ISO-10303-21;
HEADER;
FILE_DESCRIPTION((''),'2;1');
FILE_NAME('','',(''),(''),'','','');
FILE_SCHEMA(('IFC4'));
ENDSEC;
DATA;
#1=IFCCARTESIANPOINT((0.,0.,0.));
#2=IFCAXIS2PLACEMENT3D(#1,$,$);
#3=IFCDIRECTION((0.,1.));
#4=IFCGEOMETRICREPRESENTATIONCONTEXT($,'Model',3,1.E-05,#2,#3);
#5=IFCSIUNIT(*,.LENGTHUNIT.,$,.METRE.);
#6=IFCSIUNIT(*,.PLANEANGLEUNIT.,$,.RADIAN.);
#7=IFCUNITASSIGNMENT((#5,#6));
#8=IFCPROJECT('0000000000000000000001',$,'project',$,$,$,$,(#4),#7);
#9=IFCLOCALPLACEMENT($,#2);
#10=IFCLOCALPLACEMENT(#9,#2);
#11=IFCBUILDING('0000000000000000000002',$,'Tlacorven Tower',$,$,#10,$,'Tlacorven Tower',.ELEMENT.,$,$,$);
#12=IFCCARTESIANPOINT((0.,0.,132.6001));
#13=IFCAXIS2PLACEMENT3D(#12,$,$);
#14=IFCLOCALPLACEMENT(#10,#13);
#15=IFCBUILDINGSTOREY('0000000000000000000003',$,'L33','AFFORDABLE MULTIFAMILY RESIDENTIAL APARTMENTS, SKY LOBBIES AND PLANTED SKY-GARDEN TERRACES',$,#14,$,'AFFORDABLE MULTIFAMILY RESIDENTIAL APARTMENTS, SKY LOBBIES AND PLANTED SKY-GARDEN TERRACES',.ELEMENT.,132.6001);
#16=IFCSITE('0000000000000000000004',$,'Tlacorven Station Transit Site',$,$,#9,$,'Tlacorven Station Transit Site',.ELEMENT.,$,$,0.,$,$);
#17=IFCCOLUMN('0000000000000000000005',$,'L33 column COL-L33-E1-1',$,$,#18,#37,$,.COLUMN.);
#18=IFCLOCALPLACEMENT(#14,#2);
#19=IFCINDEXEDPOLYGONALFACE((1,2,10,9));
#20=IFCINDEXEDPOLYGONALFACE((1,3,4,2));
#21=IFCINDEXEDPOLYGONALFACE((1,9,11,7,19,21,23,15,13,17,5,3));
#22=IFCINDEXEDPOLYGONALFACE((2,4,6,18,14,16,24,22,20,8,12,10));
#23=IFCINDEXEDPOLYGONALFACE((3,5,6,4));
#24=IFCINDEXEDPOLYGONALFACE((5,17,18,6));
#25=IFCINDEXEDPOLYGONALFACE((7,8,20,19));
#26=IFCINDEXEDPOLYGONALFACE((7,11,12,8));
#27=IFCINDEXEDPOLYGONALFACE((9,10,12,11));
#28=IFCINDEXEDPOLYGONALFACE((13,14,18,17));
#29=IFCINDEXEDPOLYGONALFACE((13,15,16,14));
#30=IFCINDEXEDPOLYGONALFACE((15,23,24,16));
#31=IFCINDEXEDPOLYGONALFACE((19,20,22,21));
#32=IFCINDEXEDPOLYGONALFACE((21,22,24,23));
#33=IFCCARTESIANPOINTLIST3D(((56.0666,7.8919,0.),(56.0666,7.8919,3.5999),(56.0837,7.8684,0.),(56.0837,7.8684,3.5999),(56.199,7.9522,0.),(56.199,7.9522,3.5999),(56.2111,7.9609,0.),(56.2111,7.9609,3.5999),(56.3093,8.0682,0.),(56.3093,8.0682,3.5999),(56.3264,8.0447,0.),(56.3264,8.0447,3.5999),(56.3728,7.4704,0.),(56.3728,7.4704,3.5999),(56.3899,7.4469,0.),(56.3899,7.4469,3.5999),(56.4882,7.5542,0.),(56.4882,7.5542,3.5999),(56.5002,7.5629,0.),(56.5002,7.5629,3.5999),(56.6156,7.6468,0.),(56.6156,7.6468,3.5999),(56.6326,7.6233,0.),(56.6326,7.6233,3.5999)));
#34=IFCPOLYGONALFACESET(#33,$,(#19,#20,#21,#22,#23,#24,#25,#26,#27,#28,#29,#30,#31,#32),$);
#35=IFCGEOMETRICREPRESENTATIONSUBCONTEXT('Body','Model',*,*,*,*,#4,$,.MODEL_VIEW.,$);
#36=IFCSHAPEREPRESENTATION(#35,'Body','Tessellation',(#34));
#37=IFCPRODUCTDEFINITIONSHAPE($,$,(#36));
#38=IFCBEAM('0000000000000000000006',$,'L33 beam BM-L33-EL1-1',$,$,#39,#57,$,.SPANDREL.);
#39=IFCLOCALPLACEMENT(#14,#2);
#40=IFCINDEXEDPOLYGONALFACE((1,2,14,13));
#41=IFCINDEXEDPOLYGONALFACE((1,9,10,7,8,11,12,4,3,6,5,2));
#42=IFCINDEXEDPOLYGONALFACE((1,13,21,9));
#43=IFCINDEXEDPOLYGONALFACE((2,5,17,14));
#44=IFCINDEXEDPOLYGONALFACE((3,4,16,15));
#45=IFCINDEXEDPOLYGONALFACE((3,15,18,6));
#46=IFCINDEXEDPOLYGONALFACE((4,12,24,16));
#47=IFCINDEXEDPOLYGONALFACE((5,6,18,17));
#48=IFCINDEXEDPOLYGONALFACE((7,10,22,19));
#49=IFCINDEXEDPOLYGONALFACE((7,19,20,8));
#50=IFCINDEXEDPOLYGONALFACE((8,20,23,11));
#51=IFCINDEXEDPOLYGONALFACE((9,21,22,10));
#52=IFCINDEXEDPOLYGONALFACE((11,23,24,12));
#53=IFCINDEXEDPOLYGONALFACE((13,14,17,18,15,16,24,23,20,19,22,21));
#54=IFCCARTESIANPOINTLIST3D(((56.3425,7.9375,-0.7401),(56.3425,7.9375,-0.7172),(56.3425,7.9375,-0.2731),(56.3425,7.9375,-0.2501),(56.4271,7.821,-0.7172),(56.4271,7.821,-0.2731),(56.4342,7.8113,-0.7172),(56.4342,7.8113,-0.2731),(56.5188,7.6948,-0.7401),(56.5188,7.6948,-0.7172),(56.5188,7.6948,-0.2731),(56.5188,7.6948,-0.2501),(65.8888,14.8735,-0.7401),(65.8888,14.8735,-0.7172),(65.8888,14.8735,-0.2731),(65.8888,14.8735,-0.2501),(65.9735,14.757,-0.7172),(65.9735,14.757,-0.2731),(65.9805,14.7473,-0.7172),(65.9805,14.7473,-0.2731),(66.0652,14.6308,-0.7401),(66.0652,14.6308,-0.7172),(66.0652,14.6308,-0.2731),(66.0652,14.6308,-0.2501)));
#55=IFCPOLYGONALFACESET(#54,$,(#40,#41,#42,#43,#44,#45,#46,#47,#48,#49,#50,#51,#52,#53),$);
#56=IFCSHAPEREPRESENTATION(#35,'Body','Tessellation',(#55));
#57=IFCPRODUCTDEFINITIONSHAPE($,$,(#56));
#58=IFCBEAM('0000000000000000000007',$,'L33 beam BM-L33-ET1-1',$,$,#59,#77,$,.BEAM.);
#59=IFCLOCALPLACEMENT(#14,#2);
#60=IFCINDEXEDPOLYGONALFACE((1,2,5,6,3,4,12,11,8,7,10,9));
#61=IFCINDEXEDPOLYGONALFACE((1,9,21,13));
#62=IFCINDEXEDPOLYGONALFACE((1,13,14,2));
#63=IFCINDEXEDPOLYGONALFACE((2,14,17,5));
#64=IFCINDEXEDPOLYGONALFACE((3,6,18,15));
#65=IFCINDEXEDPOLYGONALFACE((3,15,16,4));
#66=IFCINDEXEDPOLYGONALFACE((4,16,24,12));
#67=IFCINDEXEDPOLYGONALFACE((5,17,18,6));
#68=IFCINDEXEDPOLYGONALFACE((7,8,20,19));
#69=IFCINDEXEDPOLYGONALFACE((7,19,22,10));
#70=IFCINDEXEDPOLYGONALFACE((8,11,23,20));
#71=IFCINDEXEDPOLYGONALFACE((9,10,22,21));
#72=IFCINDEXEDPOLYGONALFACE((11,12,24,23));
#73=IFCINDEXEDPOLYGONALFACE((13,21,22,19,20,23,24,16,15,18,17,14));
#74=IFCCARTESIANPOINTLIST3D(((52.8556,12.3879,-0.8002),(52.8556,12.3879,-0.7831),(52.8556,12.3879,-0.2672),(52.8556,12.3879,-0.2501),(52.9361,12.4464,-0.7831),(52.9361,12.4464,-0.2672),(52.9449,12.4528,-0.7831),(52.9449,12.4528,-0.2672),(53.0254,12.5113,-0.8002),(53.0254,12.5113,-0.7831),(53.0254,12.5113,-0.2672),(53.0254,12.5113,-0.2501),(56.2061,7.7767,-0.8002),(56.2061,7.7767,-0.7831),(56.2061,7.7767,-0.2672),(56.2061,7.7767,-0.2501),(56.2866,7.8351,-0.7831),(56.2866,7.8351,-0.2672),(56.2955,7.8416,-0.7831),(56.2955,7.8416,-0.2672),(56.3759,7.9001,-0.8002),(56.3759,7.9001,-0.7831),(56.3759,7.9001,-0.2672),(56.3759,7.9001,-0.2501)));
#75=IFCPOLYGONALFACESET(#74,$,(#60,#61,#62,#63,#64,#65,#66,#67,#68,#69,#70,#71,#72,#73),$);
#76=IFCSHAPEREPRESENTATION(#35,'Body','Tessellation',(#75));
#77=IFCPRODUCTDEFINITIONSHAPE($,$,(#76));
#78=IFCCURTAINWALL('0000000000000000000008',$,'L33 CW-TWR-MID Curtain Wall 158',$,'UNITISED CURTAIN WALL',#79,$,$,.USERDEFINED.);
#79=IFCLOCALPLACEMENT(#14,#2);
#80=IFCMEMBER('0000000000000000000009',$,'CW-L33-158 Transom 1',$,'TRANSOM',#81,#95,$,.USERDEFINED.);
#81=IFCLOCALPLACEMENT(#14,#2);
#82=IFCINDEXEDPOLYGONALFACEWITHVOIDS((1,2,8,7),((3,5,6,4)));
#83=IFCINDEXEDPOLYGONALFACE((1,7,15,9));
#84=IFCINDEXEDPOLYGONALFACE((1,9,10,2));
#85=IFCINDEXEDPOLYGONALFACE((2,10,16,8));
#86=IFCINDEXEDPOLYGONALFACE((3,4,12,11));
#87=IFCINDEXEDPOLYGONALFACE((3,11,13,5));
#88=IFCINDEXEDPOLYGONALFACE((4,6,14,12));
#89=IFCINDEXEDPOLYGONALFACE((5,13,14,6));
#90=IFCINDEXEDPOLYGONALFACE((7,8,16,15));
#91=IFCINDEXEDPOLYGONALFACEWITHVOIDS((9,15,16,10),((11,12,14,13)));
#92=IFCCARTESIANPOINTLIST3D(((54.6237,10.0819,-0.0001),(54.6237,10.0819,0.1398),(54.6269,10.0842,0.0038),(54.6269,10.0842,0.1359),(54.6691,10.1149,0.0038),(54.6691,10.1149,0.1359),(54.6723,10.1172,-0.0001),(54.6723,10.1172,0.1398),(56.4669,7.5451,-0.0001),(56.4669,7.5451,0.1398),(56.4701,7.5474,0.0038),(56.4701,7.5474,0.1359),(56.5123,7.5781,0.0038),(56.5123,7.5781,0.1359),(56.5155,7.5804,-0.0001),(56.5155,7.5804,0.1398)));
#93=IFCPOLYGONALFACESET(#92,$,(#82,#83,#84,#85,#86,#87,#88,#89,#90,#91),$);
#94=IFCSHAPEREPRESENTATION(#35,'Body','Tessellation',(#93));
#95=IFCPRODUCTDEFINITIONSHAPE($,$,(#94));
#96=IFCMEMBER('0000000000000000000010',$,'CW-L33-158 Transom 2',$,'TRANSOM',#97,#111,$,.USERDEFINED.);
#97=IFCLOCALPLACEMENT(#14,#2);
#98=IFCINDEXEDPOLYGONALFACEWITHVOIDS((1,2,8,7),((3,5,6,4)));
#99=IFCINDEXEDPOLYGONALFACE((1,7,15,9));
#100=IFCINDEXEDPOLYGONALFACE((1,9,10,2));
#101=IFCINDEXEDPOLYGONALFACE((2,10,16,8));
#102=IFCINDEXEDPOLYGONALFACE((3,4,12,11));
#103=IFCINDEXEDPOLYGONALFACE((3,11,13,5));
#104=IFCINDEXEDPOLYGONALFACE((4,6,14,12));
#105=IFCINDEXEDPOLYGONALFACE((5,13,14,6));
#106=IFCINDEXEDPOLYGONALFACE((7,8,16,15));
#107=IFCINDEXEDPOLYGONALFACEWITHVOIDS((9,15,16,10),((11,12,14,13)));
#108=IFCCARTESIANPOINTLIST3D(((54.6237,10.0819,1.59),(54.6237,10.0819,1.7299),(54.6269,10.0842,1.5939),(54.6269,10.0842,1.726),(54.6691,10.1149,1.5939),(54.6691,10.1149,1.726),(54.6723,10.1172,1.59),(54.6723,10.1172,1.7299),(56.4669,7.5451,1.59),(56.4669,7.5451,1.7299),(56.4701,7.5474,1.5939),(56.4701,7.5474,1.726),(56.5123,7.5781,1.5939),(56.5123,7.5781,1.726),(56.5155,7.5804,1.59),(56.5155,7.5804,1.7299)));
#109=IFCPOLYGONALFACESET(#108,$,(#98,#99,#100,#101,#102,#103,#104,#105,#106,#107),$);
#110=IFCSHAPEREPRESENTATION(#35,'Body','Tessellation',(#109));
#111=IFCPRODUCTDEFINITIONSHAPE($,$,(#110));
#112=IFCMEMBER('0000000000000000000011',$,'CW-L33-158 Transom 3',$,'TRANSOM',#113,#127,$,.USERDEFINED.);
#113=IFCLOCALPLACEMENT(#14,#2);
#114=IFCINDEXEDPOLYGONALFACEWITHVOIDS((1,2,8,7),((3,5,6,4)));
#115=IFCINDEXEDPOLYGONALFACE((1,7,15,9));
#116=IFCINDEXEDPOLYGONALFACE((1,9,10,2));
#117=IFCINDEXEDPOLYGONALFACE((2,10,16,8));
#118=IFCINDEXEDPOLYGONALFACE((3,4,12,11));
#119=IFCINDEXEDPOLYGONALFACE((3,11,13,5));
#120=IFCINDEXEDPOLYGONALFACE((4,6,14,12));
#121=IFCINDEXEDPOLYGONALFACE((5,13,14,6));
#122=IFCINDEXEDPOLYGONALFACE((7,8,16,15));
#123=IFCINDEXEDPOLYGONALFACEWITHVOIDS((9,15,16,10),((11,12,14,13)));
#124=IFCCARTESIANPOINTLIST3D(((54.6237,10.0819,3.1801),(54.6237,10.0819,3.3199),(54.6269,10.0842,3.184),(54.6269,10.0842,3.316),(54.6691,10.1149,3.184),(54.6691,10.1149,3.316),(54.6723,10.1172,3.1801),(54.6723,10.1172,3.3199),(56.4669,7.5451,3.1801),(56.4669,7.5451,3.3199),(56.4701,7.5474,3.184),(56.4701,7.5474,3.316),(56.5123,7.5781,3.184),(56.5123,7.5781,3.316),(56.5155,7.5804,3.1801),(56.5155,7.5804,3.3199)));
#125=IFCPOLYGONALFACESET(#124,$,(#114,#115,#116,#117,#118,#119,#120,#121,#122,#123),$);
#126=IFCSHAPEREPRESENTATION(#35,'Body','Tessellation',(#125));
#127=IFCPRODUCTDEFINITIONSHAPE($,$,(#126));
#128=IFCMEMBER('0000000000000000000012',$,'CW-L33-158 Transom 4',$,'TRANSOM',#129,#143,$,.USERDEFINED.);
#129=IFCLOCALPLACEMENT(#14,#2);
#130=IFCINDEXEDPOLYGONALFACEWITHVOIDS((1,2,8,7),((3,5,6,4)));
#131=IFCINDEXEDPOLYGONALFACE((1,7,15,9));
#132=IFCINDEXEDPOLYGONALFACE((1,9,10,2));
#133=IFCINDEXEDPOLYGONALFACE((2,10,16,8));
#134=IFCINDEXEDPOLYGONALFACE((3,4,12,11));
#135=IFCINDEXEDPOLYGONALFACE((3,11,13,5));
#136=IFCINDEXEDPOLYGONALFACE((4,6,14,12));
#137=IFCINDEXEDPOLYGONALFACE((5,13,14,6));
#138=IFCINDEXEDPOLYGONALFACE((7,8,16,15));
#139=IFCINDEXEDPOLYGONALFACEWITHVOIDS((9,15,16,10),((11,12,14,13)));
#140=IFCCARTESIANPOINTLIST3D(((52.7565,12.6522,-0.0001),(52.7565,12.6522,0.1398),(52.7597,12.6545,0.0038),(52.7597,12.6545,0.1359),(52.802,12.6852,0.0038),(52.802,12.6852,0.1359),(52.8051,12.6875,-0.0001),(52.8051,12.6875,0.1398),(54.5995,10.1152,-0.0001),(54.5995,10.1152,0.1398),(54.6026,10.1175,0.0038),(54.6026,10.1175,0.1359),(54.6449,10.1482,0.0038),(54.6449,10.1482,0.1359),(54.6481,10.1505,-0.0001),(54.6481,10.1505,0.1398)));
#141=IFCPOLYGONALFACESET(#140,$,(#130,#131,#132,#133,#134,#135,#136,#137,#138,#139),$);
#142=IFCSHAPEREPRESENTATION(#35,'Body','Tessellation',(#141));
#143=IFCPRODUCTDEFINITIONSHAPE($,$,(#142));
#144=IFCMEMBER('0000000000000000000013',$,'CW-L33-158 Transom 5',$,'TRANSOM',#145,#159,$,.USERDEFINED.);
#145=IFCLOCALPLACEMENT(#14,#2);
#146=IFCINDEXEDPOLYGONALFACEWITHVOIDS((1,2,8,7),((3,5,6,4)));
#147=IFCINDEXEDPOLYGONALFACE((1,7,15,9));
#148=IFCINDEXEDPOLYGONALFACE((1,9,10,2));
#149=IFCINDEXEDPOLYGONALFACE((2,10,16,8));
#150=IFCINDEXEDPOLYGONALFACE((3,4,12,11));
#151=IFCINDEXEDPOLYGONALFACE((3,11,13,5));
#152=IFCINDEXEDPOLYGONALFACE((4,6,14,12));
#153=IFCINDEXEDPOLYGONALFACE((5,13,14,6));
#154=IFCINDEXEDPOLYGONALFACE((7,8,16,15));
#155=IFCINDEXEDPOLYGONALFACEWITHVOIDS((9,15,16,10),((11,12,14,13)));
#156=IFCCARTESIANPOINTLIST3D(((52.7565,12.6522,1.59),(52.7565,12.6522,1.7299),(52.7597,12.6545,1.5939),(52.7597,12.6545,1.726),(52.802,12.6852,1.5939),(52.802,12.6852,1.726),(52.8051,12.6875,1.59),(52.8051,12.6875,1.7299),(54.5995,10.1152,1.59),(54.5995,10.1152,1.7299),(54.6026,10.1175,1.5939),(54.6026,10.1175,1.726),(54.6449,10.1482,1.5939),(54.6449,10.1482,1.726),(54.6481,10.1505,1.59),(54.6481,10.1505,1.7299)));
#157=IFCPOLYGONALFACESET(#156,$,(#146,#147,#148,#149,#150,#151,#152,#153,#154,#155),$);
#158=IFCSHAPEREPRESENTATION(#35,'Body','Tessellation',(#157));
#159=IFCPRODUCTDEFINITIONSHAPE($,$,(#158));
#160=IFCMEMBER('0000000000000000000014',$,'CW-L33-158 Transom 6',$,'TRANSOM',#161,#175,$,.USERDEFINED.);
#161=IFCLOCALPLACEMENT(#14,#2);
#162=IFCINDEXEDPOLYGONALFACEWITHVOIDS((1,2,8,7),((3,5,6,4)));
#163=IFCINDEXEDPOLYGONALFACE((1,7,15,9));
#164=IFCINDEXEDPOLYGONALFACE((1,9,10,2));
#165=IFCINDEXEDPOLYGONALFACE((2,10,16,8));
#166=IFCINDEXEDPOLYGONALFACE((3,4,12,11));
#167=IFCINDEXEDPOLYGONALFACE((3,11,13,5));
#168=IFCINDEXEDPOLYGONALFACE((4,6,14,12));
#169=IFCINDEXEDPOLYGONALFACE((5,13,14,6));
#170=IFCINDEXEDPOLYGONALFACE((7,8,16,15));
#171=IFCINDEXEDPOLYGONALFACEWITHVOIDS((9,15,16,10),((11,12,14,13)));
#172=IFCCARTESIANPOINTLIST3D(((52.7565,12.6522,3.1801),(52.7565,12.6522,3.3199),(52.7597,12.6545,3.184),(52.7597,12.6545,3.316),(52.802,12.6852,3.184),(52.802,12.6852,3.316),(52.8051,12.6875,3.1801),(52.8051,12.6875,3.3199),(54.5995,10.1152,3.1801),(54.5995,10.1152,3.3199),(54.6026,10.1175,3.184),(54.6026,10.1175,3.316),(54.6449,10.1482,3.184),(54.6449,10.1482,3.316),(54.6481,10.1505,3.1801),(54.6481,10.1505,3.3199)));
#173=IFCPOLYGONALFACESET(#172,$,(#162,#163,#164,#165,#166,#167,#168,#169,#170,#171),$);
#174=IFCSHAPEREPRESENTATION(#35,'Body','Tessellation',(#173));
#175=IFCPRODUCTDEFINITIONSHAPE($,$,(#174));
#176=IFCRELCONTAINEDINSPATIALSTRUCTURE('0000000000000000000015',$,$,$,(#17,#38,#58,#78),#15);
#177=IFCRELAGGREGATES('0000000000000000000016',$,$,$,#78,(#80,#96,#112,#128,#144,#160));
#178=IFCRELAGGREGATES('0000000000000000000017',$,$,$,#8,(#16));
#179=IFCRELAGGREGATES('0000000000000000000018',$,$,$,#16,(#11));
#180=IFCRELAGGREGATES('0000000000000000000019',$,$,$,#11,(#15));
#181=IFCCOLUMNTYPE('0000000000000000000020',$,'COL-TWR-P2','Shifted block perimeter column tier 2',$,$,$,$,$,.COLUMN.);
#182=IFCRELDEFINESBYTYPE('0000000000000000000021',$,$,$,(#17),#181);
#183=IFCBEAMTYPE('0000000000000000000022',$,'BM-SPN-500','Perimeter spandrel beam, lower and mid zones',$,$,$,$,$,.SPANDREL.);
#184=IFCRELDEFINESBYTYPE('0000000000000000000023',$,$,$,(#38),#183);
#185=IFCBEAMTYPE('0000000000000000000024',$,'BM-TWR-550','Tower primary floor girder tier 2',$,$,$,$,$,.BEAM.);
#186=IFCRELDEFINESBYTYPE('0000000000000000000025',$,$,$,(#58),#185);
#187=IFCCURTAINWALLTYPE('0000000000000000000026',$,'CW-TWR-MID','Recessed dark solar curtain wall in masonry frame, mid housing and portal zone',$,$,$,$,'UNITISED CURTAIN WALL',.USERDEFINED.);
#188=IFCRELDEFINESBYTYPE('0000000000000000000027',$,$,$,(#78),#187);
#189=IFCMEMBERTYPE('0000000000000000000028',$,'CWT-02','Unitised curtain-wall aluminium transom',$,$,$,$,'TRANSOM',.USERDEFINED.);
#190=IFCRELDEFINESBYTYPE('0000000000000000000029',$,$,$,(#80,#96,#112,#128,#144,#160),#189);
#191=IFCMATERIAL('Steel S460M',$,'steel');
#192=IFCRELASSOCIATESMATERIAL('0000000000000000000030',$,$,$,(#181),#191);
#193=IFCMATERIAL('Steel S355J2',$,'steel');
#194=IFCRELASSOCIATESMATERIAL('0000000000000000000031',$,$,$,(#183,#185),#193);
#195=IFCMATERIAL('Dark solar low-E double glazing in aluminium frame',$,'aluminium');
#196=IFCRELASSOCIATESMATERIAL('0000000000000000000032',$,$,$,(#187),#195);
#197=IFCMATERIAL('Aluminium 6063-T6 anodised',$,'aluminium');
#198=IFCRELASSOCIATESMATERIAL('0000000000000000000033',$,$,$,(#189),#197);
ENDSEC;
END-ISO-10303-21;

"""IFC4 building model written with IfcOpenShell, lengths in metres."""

from ifc_helpers import new_model, si_unit, direction, frame, origin, origin_2d, place, context, subcontext, project, spatial, hollow_rectangle, i_section, extrude, source, transform, mapped, material, material_profile, profile_set, type_object, element, aggregate, save


model = new_model("IFC4")

# Units and contexts
model_context = context("Model", 3, precision=1e-05, world=origin(), true_north=direction((0.0, 1.0)))
body_context = subcontext(model_context, "Body", "Model", "MODEL_VIEW")
ifc_project = project(units=[si_unit("LENGTHUNIT", "METRE"), si_unit("PLANEANGLEUNIT", "RADIAN")], contexts=[model_context])

# Site, building, storey
site_placement = place(None, origin())
site = spatial("IfcSite", under=ifc_project, at=site_placement, Name="Tlacorven Station Transit Site", LongName="Tlacorven Station Transit Site", CompositionType="ELEMENT", RefElevation=0.0)
building_placement = place(site_placement, origin())
building = spatial("IfcBuilding", under=site, at=building_placement, Name="Tlacorven Tower", LongName="Tlacorven Tower", CompositionType="ELEMENT")
storey_placement = place(building_placement, frame((0.0, 0.0, 132.6001)))
storey = spatial("IfcBuildingStorey", under=building, at=storey_placement, Name="L33", Description="AFFORDABLE MULTIFAMILY RESIDENTIAL APARTMENTS, SKY LOBBIES AND PLANTED SKY-GARDEN TERRACES", LongName="AFFORDABLE MULTIFAMILY RESIDENTIAL APARTMENTS, SKY LOBBIES AND PLANTED SKY-GARDEN TERRACES", CompositionType="ELEMENT", Elevation=132.6001)

# Column
ifc_material_1 = material(Name="Steel S460M", Category="steel")
ifc_material_profile_1 = material_profile(ifc_material_1, i_section(OverallWidth=0.3, OverallDepth=0.55, WebThickness=0.0149, FlangeThickness=0.0291, at=origin_2d()), Name="HEB 550")
ifc_profile_set_1 = profile_set([ifc_material_profile_1], Name="Steel S460M")
column_type = type_object("IfcColumnType", Name="COL-TWR-P2", Description="Shifted block perimeter column tier 2", PredefinedType="COLUMN", material=ifc_profile_set_1)
shared_shape_1 = source(origin(), body_context, "Body", "SweptSolid", [
    extrude(i_section(OverallWidth=0.3, OverallDepth=0.55, WebThickness=0.0149, FlangeThickness=0.0291, at=origin_2d()), origin(), (0.0, 0.0, 1.0), 3.5999),
])
column_placement = place(storey_placement, frame((56.3496, 7.7576, 0.0), z_axis=(0.0, 0.0, 1.0), x_axis=(0.809017, 0.587785, 0.0)))
element("IfcColumn", 1, at=column_placement, inside=storey, type_object=column_type, Name="L33 column COL-L33-E1-1", PredefinedType="COLUMN", context=body_context, shape_type="MappedRepresentation", body=[
    mapped(shared_shape_1, transform((0.0, 0.0, 0.0), scale=1.0)),
])

# Beams
ifc_material_2 = material(Name="Steel S355J2", Category="steel")
ifc_material_profile_2 = material_profile(ifc_material_2, i_section(OverallWidth=0.3, OverallDepth=0.49, WebThickness=0.012, FlangeThickness=0.0229, at=origin_2d()), Name="HEA 500")
ifc_profile_set_2 = profile_set([ifc_material_profile_2], Name="Steel S355J2")
beam_type_1 = type_object("IfcBeamType", Name="BM-SPN-500", Description="Perimeter spandrel beam, lower and mid zones", PredefinedType="SPANDREL", material=ifc_profile_set_2)
shared_shape_2 = source(origin(), body_context, "Body", "SweptSolid", [
    extrude(i_section(OverallWidth=0.3, OverallDepth=0.49, WebThickness=0.012, FlangeThickness=0.0229, at=origin_2d()), origin(), (0.0, 0.0, 1.0), 11.8),
])
beam_1_placement = place(storey_placement, frame((56.4307, 7.8162, -0.4951), z_axis=(0.80901, 0.587795, 0.0), x_axis=(-0.587795, 0.80901, 0.0)))
element("IfcBeam", 2, at=beam_1_placement, inside=storey, type_object=beam_type_1, Name="L33 beam BM-L33-EL1-1", PredefinedType="SPANDREL", context=body_context, shape_type="MappedRepresentation", body=[
    mapped(shared_shape_2, transform((0.0, 0.0, 0.0), scale=1.0)),
])
ifc_material_profile_3 = material_profile(ifc_material_2, i_section(OverallWidth=0.21, OverallDepth=0.55, WebThickness=0.011, FlangeThickness=0.0171, at=origin_2d()), Name="IPE 550")
ifc_profile_set_3 = profile_set([ifc_material_profile_3], Name="Steel S355J2")
beam_type_2 = type_object("IfcBeamType", Name="BM-TWR-550", Description="Tower primary floor girder tier 2", PredefinedType="BEAM", material=ifc_profile_set_3)
shared_shape_3 = source(origin(), body_context, "Body", "SweptSolid", [
    extrude(i_section(OverallWidth=0.21, OverallDepth=0.55, WebThickness=0.011, FlangeThickness=0.0171, at=origin_2d()), origin(), (0.0, 0.0, 1.0), 5.7),
])
beam_2_placement = place(storey_placement, frame((56.291, 7.8384, -0.5251), z_axis=(-0.587815, 0.808995, 0.0), x_axis=(-0.808995, -0.587815, 0.0)))
element("IfcBeam", 3, at=beam_2_placement, inside=storey, type_object=beam_type_2, Name="L33 beam BM-L33-ET1-1", PredefinedType="BEAM", context=body_context, shape_type="MappedRepresentation", body=[
    mapped(shared_shape_3, transform((0.0, 0.0, 0.0), scale=1.0)),
])

# Curtain wall, members
ifc_material_3 = material(Name="Dark solar low-E double glazing in aluminium frame", Category="aluminium")
curtain_wall_type = type_object("IfcCurtainWallType", Name="CW-TWR-MID", Description="Recessed dark solar curtain wall in masonry frame, mid housing and portal zone", ElementType="UNITISED CURTAIN WALL", PredefinedType="USERDEFINED", material=ifc_material_3)
curtain_wall_placement = place(storey_placement, origin())
curtain_wall = element("IfcCurtainWall", 4, at=curtain_wall_placement, inside=storey, type_object=curtain_wall_type, Name="L33 CW-TWR-MID Curtain Wall 158", ObjectType="UNITISED CURTAIN WALL", PredefinedType="USERDEFINED")
ifc_material_4 = material(Name="Aluminium 6063-T6 anodised", Category="aluminium")
ifc_material_profile_4 = material_profile(ifc_material_4, hollow_rectangle(XDim=0.0601, YDim=0.1399, WallThickness=0.0039, at=origin_2d()), Name="ALU TRANSOM 60X140")
ifc_profile_set_4 = profile_set([ifc_material_profile_4], Name="Aluminium 6063-T6 anodised")
member_type_1 = type_object("IfcMemberType", Name="CWT-02", Description="Unitised curtain-wall aluminium transom", ElementType="TRANSOM", PredefinedType="USERDEFINED", material=ifc_profile_set_4)
shared_shape_4 = source(origin(), body_context, "Body", "SweptSolid", [
    extrude(hollow_rectangle(XDim=0.0601, YDim=0.1399, WallThickness=0.0039, at=origin_2d()), origin(), (0.0, 0.0, 1.0), 3.1357),
])
member_1_placement = place(storey_placement, frame((56.4912, 7.5627, 0.0698), z_axis=(-0.587811, 0.808999, 0.0), x_axis=(-0.808999, -0.587811, 0.0)))
member_1 = element("IfcMember", 5, at=member_1_placement, type_object=member_type_1, Name="CW-L33-158 Transom 1", ObjectType="TRANSOM", PredefinedType="USERDEFINED", context=body_context, shape_type="MappedRepresentation", body=[
    mapped(shared_shape_4, transform((0.0, 0.0, 0.0), scale=1.0)),
])
member_2_placement = place(storey_placement, frame((56.4912, 7.5627, 1.6599), z_axis=(-0.587811, 0.808999, 0.0), x_axis=(-0.808999, -0.587811, 0.0)))
member_2 = element("IfcMember", 6, at=member_2_placement, type_object=member_type_1, Name="CW-L33-158 Transom 2", ObjectType="TRANSOM", PredefinedType="USERDEFINED", context=body_context, shape_type="MappedRepresentation", body=[
    mapped(shared_shape_4, transform((0.0, 0.0, 0.0), scale=1.0)),
])
member_3_placement = place(storey_placement, frame((56.4912, 7.5627, 3.25), z_axis=(-0.587811, 0.808999, 0.0), x_axis=(-0.808999, -0.587811, 0.0)))
member_3 = element("IfcMember", 7, at=member_3_placement, type_object=member_type_1, Name="CW-L33-158 Transom 3", ObjectType="TRANSOM", PredefinedType="USERDEFINED", context=body_context, shape_type="MappedRepresentation", body=[
    mapped(shared_shape_4, transform((0.0, 0.0, 0.0), scale=1.0)),
])
member_4_placement = place(storey_placement, frame((54.6238, 10.1328, 0.0698), z_axis=(-0.587723, 0.809063, 0.0), x_axis=(-0.809063, -0.587723, 0.0)))
member_4 = element("IfcMember", 8, at=member_4_placement, type_object=member_type_1, Name="CW-L33-158 Transom 4", ObjectType="TRANSOM", PredefinedType="USERDEFINED", context=body_context, shape_type="MappedRepresentation", body=[
    mapped(shared_shape_4, transform((0.0, 0.0, 0.0), scale=1.0)),
])
member_5_placement = place(storey_placement, frame((54.6238, 10.1328, 1.6599), z_axis=(-0.587723, 0.809063, 0.0), x_axis=(-0.809063, -0.587723, 0.0)))
member_5 = element("IfcMember", 9, at=member_5_placement, type_object=member_type_1, Name="CW-L33-158 Transom 5", ObjectType="TRANSOM", PredefinedType="USERDEFINED", context=body_context, shape_type="MappedRepresentation", body=[
    mapped(shared_shape_4, transform((0.0, 0.0, 0.0), scale=1.0)),
])
member_6_placement = place(storey_placement, frame((54.6238, 10.1328, 3.25), z_axis=(-0.587723, 0.809063, 0.0), x_axis=(-0.809063, -0.587723, 0.0)))
member_6 = element("IfcMember", 10, at=member_6_placement, type_object=member_type_1, Name="CW-L33-158 Transom 6", ObjectType="TRANSOM", PredefinedType="USERDEFINED", context=body_context, shape_type="MappedRepresentation", body=[
    mapped(shared_shape_4, transform((0.0, 0.0, 0.0), scale=1.0)),
])
aggregate(curtain_wall, [member_1, member_2, member_3, member_4, member_5, member_6])

save(model, "model.ifc")
